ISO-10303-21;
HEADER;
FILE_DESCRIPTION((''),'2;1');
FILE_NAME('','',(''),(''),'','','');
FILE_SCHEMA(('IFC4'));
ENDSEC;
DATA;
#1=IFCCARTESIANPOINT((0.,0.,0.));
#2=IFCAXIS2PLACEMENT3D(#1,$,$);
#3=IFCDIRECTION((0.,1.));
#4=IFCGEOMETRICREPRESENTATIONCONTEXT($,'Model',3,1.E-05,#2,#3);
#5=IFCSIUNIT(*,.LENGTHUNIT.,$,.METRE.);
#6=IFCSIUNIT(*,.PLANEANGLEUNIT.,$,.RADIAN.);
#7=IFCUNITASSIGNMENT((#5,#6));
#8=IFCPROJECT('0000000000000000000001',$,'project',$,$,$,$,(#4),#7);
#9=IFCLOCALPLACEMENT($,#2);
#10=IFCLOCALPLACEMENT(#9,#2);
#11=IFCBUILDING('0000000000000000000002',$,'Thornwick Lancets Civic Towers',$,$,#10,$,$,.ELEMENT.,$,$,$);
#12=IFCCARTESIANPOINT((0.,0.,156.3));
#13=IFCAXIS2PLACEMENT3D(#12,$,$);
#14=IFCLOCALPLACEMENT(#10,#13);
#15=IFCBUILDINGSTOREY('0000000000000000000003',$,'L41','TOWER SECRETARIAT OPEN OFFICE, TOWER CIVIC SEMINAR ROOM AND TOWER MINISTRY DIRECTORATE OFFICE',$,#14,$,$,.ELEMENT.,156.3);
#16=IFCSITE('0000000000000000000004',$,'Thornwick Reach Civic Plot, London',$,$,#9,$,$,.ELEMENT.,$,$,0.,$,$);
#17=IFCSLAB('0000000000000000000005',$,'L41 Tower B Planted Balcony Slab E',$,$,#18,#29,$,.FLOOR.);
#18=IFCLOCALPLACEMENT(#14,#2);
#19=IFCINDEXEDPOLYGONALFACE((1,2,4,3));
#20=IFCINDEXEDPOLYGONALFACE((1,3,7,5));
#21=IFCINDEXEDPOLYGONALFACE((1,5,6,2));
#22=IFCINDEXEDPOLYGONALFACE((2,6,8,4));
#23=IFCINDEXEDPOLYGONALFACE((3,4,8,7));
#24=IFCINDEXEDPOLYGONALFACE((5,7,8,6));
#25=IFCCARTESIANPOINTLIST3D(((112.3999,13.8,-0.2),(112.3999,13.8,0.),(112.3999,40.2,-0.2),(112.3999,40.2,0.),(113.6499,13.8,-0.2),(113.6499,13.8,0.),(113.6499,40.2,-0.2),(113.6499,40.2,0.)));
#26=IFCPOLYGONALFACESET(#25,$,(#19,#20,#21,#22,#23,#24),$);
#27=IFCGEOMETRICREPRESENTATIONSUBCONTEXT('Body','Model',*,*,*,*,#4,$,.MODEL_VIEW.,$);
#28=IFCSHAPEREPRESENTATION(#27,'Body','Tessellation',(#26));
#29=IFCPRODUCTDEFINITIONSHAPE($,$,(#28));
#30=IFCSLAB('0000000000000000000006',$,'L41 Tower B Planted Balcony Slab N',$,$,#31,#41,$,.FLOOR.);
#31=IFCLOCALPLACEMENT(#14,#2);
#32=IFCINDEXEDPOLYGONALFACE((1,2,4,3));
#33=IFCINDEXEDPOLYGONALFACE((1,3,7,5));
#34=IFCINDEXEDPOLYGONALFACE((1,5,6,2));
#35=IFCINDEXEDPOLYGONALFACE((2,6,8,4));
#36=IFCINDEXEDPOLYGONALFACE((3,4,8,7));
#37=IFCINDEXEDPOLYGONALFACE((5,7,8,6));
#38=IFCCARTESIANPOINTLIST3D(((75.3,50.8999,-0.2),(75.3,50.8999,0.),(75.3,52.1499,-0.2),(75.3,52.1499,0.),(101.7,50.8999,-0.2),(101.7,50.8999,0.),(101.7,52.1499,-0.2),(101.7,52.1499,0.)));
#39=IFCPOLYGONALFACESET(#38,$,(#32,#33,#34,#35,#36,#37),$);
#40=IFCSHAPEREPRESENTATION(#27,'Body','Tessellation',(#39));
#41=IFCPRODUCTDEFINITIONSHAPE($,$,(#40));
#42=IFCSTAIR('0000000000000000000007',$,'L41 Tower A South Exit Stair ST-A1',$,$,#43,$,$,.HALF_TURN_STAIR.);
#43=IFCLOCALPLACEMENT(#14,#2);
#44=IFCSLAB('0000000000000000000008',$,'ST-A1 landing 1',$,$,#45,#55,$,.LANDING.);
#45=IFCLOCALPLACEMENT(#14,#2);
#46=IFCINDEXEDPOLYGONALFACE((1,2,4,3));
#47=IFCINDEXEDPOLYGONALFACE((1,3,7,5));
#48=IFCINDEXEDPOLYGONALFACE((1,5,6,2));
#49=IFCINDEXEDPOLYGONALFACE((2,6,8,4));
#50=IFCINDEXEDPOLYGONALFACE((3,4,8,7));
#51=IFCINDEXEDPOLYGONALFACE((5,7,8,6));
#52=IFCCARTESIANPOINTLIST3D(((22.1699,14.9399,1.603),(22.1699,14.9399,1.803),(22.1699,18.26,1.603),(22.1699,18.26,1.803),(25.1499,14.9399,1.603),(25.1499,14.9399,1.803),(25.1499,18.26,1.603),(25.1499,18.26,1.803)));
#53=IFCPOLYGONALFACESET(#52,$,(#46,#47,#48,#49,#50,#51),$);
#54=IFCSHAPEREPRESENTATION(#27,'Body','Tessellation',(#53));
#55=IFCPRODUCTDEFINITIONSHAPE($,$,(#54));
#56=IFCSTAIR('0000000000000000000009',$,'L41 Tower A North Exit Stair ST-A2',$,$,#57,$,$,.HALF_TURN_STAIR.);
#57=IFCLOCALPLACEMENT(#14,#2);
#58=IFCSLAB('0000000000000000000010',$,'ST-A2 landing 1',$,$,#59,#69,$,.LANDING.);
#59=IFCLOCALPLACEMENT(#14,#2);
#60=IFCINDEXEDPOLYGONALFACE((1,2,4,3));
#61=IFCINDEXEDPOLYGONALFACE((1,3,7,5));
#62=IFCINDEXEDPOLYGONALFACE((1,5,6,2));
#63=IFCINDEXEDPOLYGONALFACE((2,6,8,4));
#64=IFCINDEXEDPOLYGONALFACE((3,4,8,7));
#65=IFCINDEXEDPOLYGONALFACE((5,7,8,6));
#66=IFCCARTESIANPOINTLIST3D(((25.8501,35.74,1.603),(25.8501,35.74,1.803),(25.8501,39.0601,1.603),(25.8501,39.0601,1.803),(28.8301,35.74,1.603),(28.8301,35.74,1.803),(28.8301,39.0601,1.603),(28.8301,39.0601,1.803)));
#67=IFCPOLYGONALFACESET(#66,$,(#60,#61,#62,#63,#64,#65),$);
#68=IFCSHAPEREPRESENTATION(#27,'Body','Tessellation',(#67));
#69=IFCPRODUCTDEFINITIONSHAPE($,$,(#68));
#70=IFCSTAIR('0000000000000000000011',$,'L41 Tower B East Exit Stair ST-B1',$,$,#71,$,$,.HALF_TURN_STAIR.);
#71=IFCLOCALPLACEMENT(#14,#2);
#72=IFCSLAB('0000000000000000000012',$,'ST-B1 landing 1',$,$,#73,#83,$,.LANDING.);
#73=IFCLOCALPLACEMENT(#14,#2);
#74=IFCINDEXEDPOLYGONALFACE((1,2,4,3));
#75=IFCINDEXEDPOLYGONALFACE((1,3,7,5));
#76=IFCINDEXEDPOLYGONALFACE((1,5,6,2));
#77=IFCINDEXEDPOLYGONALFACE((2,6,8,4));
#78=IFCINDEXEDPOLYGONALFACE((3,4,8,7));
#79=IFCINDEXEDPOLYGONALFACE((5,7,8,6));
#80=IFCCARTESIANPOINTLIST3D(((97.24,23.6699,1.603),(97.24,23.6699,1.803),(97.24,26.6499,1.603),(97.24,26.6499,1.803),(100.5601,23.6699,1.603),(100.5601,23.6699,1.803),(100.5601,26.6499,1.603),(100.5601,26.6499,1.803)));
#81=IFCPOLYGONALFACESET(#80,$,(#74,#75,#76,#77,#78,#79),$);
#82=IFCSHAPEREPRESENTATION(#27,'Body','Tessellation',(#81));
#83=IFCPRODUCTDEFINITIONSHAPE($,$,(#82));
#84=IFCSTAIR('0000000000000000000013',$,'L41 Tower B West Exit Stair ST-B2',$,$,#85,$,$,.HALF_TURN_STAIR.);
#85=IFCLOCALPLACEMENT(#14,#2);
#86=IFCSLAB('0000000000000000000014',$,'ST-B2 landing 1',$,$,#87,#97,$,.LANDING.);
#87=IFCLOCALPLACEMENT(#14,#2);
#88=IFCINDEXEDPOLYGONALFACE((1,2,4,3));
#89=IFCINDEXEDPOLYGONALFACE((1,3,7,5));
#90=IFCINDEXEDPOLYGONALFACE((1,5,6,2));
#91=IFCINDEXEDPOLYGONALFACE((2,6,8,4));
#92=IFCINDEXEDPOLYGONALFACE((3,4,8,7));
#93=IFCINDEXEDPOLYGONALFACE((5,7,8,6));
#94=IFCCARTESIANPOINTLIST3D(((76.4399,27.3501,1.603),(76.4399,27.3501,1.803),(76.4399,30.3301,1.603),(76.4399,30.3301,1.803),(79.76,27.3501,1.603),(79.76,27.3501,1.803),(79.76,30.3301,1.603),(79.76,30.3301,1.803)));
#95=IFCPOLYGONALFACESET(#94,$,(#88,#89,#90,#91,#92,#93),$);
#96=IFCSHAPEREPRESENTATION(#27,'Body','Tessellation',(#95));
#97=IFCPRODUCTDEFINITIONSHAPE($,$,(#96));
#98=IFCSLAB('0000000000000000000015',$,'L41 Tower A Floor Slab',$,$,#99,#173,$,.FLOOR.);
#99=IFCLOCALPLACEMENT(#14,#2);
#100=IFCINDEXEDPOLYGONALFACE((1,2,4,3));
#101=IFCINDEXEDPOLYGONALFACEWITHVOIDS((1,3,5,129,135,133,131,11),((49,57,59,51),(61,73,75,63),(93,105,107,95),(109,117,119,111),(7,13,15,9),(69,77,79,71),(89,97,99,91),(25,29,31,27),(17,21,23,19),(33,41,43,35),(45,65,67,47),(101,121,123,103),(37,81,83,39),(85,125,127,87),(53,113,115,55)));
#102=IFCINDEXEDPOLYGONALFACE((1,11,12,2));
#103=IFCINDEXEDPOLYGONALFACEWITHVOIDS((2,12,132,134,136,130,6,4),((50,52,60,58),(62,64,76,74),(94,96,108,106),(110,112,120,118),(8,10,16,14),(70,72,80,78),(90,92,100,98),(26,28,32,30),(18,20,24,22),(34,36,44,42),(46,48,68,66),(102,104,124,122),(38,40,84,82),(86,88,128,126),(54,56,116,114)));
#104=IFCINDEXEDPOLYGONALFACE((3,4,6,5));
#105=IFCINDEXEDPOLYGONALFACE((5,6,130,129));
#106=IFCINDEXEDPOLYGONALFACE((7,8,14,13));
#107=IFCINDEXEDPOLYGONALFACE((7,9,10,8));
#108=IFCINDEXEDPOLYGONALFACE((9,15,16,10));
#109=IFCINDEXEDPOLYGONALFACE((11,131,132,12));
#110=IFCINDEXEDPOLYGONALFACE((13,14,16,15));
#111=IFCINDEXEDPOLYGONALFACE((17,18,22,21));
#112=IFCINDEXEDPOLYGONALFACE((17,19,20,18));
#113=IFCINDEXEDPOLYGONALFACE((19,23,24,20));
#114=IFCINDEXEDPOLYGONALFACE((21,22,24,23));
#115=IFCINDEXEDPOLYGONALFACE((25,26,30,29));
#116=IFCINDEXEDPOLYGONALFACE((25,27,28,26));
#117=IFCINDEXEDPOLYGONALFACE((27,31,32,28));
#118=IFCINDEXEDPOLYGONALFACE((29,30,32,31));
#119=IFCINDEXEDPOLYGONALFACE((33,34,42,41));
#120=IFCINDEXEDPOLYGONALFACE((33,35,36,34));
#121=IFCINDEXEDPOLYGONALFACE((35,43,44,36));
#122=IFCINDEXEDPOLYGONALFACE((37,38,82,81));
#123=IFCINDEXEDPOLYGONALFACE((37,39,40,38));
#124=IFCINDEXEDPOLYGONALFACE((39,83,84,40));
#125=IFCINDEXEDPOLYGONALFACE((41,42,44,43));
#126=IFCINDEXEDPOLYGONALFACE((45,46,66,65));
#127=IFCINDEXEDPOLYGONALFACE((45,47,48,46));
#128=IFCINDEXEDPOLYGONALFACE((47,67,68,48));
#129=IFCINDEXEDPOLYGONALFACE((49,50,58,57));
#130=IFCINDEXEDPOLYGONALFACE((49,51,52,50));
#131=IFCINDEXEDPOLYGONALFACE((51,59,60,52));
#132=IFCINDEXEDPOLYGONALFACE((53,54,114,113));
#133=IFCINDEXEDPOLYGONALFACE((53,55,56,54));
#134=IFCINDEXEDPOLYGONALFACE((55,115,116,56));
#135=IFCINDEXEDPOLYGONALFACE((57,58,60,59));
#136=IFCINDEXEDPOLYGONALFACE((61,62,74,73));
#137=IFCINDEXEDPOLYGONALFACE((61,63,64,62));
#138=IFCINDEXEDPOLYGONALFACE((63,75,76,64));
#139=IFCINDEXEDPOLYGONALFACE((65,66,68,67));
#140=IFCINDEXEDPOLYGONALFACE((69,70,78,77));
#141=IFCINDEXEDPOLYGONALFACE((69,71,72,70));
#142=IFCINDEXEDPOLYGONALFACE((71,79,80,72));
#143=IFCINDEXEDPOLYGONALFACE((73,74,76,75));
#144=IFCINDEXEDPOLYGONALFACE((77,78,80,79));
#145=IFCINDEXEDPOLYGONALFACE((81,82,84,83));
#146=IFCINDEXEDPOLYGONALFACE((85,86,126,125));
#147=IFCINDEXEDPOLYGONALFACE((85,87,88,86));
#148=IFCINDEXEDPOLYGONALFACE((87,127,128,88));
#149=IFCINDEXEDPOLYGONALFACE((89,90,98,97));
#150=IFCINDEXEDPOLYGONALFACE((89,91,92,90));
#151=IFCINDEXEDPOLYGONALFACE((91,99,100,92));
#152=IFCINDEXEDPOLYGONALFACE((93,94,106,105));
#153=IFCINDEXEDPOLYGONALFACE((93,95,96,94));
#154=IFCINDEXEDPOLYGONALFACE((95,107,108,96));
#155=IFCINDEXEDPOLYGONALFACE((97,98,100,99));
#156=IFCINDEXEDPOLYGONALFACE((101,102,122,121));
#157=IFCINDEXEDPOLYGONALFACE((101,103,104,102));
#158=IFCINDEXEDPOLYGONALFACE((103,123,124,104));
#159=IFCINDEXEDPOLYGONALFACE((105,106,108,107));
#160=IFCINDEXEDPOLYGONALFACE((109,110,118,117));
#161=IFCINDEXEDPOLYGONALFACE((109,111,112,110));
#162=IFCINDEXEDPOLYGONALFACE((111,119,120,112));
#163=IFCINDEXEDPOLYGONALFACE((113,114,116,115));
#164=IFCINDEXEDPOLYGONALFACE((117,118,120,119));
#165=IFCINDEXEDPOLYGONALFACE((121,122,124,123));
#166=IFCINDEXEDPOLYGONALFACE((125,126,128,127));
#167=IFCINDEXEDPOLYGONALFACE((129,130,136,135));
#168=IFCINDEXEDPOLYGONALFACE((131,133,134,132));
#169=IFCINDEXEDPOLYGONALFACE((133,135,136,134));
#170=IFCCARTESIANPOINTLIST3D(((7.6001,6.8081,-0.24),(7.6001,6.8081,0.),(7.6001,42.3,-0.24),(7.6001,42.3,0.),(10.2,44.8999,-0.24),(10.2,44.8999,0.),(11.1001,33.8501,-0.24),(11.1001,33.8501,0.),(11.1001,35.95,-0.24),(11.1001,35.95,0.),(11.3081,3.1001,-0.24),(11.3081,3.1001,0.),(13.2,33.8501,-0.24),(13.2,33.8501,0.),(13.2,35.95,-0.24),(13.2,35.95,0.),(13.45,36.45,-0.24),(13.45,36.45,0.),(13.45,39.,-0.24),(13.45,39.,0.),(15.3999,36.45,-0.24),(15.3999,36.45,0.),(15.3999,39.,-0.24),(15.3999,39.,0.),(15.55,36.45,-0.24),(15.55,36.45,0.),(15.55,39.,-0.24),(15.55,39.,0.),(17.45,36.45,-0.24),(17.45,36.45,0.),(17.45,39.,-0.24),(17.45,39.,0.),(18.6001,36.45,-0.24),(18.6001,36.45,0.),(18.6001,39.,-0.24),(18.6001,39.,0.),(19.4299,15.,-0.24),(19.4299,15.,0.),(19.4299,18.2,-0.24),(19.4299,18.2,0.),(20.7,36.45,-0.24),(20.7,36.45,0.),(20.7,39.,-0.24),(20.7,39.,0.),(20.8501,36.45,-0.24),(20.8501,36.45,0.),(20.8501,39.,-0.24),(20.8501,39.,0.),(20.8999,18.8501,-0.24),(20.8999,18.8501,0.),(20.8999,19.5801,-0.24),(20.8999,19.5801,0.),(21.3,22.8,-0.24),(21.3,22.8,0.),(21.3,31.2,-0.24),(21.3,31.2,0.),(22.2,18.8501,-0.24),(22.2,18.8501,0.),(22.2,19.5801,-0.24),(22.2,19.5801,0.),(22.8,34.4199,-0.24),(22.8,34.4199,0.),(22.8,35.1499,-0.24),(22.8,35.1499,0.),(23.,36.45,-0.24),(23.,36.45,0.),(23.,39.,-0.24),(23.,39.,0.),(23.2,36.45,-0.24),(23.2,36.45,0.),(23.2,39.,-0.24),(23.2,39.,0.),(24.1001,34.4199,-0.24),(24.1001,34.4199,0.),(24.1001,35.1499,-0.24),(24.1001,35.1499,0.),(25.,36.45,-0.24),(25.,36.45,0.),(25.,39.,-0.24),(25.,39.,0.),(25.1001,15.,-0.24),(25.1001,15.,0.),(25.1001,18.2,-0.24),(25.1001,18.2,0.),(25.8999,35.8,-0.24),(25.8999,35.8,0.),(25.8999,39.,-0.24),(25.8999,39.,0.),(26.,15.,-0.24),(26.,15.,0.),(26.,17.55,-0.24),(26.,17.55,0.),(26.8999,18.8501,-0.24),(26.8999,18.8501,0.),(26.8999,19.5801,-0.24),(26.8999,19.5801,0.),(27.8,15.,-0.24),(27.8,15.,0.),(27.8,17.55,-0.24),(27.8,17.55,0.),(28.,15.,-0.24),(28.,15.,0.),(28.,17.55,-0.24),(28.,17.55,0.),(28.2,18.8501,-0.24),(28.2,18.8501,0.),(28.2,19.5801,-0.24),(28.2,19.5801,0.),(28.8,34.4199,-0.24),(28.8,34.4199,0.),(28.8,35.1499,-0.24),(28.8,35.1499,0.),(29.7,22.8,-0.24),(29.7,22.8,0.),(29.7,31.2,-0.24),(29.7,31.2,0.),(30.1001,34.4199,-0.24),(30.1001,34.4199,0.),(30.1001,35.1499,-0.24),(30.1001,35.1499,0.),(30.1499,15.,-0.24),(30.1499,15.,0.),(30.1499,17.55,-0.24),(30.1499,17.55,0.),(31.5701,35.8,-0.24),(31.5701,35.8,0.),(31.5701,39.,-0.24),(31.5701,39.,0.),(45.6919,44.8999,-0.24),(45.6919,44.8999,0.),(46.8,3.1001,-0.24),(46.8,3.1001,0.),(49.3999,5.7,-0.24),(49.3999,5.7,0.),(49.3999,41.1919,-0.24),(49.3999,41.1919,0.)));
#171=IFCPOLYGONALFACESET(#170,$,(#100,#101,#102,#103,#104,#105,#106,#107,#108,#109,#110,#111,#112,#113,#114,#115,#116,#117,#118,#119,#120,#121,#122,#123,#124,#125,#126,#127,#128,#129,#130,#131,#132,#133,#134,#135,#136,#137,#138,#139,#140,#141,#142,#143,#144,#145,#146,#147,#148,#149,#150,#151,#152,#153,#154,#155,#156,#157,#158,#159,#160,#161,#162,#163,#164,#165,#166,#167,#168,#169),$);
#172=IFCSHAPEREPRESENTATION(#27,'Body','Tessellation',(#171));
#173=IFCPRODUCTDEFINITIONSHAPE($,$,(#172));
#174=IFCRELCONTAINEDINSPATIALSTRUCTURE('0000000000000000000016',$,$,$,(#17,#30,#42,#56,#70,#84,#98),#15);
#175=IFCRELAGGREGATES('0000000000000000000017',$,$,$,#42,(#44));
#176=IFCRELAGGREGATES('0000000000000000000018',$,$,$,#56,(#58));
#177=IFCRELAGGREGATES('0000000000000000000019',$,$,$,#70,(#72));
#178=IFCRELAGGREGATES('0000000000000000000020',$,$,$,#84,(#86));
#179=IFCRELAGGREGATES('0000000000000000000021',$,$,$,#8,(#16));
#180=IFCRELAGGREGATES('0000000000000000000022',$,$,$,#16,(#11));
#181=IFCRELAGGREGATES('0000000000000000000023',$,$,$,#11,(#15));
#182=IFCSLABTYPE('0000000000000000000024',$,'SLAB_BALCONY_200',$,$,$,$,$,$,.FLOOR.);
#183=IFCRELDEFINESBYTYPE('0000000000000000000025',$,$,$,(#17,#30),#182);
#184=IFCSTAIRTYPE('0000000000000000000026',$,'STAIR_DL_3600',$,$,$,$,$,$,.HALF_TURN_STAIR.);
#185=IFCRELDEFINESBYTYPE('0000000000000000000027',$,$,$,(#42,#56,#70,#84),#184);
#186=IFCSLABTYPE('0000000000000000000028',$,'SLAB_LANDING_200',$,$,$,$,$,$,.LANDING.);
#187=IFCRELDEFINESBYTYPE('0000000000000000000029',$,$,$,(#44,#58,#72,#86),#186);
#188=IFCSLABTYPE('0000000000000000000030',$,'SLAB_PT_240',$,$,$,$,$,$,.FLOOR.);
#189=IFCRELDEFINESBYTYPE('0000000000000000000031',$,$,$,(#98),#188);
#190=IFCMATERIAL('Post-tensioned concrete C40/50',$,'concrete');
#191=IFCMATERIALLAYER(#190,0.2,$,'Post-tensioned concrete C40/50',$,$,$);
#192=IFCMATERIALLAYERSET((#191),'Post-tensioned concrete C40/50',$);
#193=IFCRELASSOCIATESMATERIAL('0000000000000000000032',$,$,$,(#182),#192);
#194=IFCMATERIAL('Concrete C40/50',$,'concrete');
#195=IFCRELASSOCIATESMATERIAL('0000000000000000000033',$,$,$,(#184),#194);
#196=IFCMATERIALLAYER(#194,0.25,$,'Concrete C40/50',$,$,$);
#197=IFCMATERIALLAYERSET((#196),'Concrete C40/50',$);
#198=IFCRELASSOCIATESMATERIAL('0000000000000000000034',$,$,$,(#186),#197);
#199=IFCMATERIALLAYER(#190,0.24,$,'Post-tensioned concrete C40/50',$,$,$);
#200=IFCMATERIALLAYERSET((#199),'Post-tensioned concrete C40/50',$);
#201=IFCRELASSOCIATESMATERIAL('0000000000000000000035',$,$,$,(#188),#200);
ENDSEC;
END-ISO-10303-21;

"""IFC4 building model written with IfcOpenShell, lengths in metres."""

from ifc_helpers import new_model, si_unit, direction, frame, origin, place, context, subcontext, project, spatial, polyline, outline, extrude, material, layer, layer_set, type_object, element, aggregate, save


model = new_model("IFC4")

# Units and contexts
model_context = context("Model", 3, precision=1e-05, world=origin(), true_north=direction((0.0, 1.0)))
body_context = subcontext(model_context, "Body", "Model", "MODEL_VIEW")
ifc_project = project(units=[si_unit("LENGTHUNIT", "METRE"), si_unit("PLANEANGLEUNIT", "RADIAN")], contexts=[model_context])

# Site, building, storey
site_placement = place(None, origin())
site = spatial("IfcSite", under=ifc_project, at=site_placement, Name="Thornwick Reach Civic Plot, London", CompositionType="ELEMENT", RefElevation=0.0)
building_placement = place(site_placement, origin())
building = spatial("IfcBuilding", under=site, at=building_placement, Name="Thornwick Lancets Civic Towers", CompositionType="ELEMENT")
storey_placement = place(building_placement, frame((0.0, 0.0, 156.3)))
storey = spatial("IfcBuildingStorey", under=building, at=storey_placement, Name="L41", Description="TOWER SECRETARIAT OPEN OFFICE, TOWER CIVIC SEMINAR ROOM AND TOWER MINISTRY DIRECTORATE OFFICE", CompositionType="ELEMENT", Elevation=156.3)

# Slabs
ifc_material_1 = material(Name="Post-tensioned concrete C40/50", Category="concrete")
ifc_layer_1 = layer(ifc_material_1, 0.2, Name="Post-tensioned concrete C40/50")
ifc_layer_set_1 = layer_set([ifc_layer_1], Name="Post-tensioned concrete C40/50")
slab_type_1 = type_object("IfcSlabType", Name="SLAB_BALCONY_200", PredefinedType="FLOOR", material=ifc_layer_set_1)
slab_1_placement = place(storey_placement, frame((0.0, 0.0, -0.2)))
element("IfcSlab", 1, at=slab_1_placement, inside=storey, type_object=slab_type_1, Name="L41 Tower B Planted Balcony Slab E", PredefinedType="FLOOR", context=body_context, shape_type="SweptSolid", body=[
    extrude(outline(polyline([(112.3999, 13.8), (113.6499, 13.8), (113.6499, 40.2), (112.3999, 40.2), (112.3999, 13.8)])), origin(), (0.0, 0.0, 1.0), 0.2),
])
slab_2_placement = place(storey_placement, frame((0.0, 0.0, -0.2)))
element("IfcSlab", 2, at=slab_2_placement, inside=storey, type_object=slab_type_1, Name="L41 Tower B Planted Balcony Slab N", PredefinedType="FLOOR", context=body_context, shape_type="SweptSolid", body=[
    extrude(outline(polyline([(75.3, 50.8999), (101.7, 50.8999), (101.7, 52.1499), (75.3, 52.1499), (75.3, 50.8999)])), origin(), (0.0, 0.0, 1.0), 0.2),
])

# Stairs, slabs
ifc_material_2 = material(Name="Concrete C40/50", Category="concrete")
stair_type = type_object("IfcStairType", Name="STAIR_DL_3600", PredefinedType="HALF_TURN_STAIR", material=ifc_material_2)
stair_1_placement = place(storey_placement, origin())
stair_1 = element("IfcStair", 3, at=stair_1_placement, inside=storey, type_object=stair_type, Name="L41 Tower A South Exit Stair ST-A1", PredefinedType="HALF_TURN_STAIR")
ifc_layer_2 = layer(ifc_material_2, 0.25, Name="Concrete C40/50")
ifc_layer_set_2 = layer_set([ifc_layer_2], Name="Concrete C40/50")
slab_type_2 = type_object("IfcSlabType", Name="SLAB_LANDING_200", PredefinedType="LANDING", material=ifc_layer_set_2)
slab_3_placement = place(storey_placement, frame((0.0, 0.0, 1.603)))
slab_3 = element("IfcSlab", 4, at=slab_3_placement, type_object=slab_type_2, Name="ST-A1 landing 1", PredefinedType="LANDING", context=body_context, shape_type="SweptSolid", body=[
    extrude(outline(polyline([(22.1699, 14.9399), (25.1499, 14.9399), (25.1499, 18.26), (22.1699, 18.26), (22.1699, 14.9399)])), origin(), (0.0, 0.0, 1.0), 0.2),
])
aggregate(stair_1, [slab_3])
stair_2_placement = place(storey_placement, origin())
stair_2 = element("IfcStair", 5, at=stair_2_placement, inside=storey, type_object=stair_type, Name="L41 Tower A North Exit Stair ST-A2", PredefinedType="HALF_TURN_STAIR")
slab_4_placement = place(storey_placement, frame((0.0, 0.0, 1.603)))
slab_4 = element("IfcSlab", 6, at=slab_4_placement, type_object=slab_type_2, Name="ST-A2 landing 1", PredefinedType="LANDING", context=body_context, shape_type="SweptSolid", body=[
    extrude(outline(polyline([(28.8301, 39.0601), (25.8501, 39.0601), (25.8501, 35.74), (28.8301, 35.74), (28.8301, 39.0601)])), origin(), (0.0, 0.0, 1.0), 0.2),
])
aggregate(stair_2, [slab_4])
stair_3_placement = place(storey_placement, origin())
stair_3 = element("IfcStair", 7, at=stair_3_placement, inside=storey, type_object=stair_type, Name="L41 Tower B East Exit Stair ST-B1", PredefinedType="HALF_TURN_STAIR")
slab_5_placement = place(storey_placement, frame((0.0, 0.0, 1.603)))
slab_5 = element("IfcSlab", 8, at=slab_5_placement, type_object=slab_type_2, Name="ST-B1 landing 1", PredefinedType="LANDING", context=body_context, shape_type="SweptSolid", body=[
    extrude(outline(polyline([(100.5601, 23.6699), (100.5601, 26.6499), (97.24, 26.6499), (97.24, 23.6699), (100.5601, 23.6699)])), origin(), (0.0, 0.0, 1.0), 0.2),
])
aggregate(stair_3, [slab_5])
stair_4_placement = place(storey_placement, origin())
stair_4 = element("IfcStair", 9, at=stair_4_placement, inside=storey, type_object=stair_type, Name="L41 Tower B West Exit Stair ST-B2", PredefinedType="HALF_TURN_STAIR")
slab_6_placement = place(storey_placement, frame((0.0, 0.0, 1.603)))
slab_6 = element("IfcSlab", 10, at=slab_6_placement, type_object=slab_type_2, Name="ST-B2 landing 1", PredefinedType="LANDING", context=body_context, shape_type="SweptSolid", body=[
    extrude(outline(polyline([(76.4399, 30.3301), (76.4399, 27.3501), (79.76, 27.3501), (79.76, 30.3301), (76.4399, 30.3301)])), origin(), (0.0, 0.0, 1.0), 0.2),
])
aggregate(stair_4, [slab_6])

# Slab
ifc_layer_3 = layer(ifc_material_1, 0.24, Name="Post-tensioned concrete C40/50")
ifc_layer_set_3 = layer_set([ifc_layer_3], Name="Post-tensioned concrete C40/50")
slab_type_3 = type_object("IfcSlabType", Name="SLAB_PT_240", PredefinedType="FLOOR", material=ifc_layer_set_3)
slab_7_placement = place(storey_placement, frame((0.0, 0.0, -0.24)))
element("IfcSlab", 11, at=slab_7_placement, inside=storey, type_object=slab_type_3, Name="L41 Tower A Floor Slab", PredefinedType="FLOOR", context=body_context, shape_type="SweptSolid", body=[
    extrude(outline(polyline([(11.3081, 3.1001), (46.8, 3.1001), (49.3999, 5.7), (49.3999, 41.1919), (45.6919, 44.8999), (10.2, 44.8999), (7.6001, 42.3), (7.6001, 6.8081), (11.3081, 3.1001)]), holes=[polyline([(21.3, 22.8), (29.7, 22.8), (29.7, 31.2), (21.3, 31.2), (21.3, 22.8)]), polyline([(19.4299, 15.0), (25.1001, 15.0), (25.1001, 18.2), (19.4299, 18.2), (19.4299, 15.0)]), polyline([(31.5701, 39.0), (25.8999, 39.0), (25.8999, 35.8), (31.5701, 35.8), (31.5701, 39.0)]), polyline([(26.0, 15.0), (27.8, 15.0), (27.8, 17.55), (26.0, 17.55), (26.0, 15.0)]), polyline([(28.0, 15.0), (30.1499, 15.0), (30.1499, 17.55), (28.0, 17.55), (28.0, 15.0)]), polyline([(23.2, 36.45), (25.0, 36.45), (25.0, 39.0), (23.2, 39.0), (23.2, 36.45)]), polyline([(20.8501, 36.45), (23.0, 36.45), (23.0, 39.0), (20.8501, 39.0), (20.8501, 36.45)]), polyline([(18.6001, 36.45), (20.7, 36.45), (20.7, 39.0), (18.6001, 39.0), (18.6001, 36.45)]), polyline([(15.55, 36.45), (17.45, 36.45), (17.45, 39.0), (15.55, 39.0), (15.55, 36.45)]), polyline([(13.45, 36.45), (15.3999, 36.45), (15.3999, 39.0), (13.45, 39.0), (13.45, 36.45)]), polyline([(11.1001, 33.8501), (13.2, 33.8501), (13.2, 35.95), (11.1001, 35.95), (11.1001, 33.8501)]), polyline([(26.8999, 18.8501), (28.2, 18.8501), (28.2, 19.5801), (26.8999, 19.5801), (26.8999, 18.8501)]), polyline([(20.8999, 18.8501), (22.2, 18.8501), (22.2, 19.5801), (20.8999, 19.5801), (20.8999, 18.8501)]), polyline([(22.8, 34.4199), (24.1001, 34.4199), (24.1001, 35.1499), (22.8, 35.1499), (22.8, 34.4199)]), polyline([(28.8, 34.4199), (30.1001, 34.4199), (30.1001, 35.1499), (28.8, 35.1499), (28.8, 34.4199)])]), origin(), (0.0, 0.0, 1.0), 0.24),
])

save(model, "model.ifc")
